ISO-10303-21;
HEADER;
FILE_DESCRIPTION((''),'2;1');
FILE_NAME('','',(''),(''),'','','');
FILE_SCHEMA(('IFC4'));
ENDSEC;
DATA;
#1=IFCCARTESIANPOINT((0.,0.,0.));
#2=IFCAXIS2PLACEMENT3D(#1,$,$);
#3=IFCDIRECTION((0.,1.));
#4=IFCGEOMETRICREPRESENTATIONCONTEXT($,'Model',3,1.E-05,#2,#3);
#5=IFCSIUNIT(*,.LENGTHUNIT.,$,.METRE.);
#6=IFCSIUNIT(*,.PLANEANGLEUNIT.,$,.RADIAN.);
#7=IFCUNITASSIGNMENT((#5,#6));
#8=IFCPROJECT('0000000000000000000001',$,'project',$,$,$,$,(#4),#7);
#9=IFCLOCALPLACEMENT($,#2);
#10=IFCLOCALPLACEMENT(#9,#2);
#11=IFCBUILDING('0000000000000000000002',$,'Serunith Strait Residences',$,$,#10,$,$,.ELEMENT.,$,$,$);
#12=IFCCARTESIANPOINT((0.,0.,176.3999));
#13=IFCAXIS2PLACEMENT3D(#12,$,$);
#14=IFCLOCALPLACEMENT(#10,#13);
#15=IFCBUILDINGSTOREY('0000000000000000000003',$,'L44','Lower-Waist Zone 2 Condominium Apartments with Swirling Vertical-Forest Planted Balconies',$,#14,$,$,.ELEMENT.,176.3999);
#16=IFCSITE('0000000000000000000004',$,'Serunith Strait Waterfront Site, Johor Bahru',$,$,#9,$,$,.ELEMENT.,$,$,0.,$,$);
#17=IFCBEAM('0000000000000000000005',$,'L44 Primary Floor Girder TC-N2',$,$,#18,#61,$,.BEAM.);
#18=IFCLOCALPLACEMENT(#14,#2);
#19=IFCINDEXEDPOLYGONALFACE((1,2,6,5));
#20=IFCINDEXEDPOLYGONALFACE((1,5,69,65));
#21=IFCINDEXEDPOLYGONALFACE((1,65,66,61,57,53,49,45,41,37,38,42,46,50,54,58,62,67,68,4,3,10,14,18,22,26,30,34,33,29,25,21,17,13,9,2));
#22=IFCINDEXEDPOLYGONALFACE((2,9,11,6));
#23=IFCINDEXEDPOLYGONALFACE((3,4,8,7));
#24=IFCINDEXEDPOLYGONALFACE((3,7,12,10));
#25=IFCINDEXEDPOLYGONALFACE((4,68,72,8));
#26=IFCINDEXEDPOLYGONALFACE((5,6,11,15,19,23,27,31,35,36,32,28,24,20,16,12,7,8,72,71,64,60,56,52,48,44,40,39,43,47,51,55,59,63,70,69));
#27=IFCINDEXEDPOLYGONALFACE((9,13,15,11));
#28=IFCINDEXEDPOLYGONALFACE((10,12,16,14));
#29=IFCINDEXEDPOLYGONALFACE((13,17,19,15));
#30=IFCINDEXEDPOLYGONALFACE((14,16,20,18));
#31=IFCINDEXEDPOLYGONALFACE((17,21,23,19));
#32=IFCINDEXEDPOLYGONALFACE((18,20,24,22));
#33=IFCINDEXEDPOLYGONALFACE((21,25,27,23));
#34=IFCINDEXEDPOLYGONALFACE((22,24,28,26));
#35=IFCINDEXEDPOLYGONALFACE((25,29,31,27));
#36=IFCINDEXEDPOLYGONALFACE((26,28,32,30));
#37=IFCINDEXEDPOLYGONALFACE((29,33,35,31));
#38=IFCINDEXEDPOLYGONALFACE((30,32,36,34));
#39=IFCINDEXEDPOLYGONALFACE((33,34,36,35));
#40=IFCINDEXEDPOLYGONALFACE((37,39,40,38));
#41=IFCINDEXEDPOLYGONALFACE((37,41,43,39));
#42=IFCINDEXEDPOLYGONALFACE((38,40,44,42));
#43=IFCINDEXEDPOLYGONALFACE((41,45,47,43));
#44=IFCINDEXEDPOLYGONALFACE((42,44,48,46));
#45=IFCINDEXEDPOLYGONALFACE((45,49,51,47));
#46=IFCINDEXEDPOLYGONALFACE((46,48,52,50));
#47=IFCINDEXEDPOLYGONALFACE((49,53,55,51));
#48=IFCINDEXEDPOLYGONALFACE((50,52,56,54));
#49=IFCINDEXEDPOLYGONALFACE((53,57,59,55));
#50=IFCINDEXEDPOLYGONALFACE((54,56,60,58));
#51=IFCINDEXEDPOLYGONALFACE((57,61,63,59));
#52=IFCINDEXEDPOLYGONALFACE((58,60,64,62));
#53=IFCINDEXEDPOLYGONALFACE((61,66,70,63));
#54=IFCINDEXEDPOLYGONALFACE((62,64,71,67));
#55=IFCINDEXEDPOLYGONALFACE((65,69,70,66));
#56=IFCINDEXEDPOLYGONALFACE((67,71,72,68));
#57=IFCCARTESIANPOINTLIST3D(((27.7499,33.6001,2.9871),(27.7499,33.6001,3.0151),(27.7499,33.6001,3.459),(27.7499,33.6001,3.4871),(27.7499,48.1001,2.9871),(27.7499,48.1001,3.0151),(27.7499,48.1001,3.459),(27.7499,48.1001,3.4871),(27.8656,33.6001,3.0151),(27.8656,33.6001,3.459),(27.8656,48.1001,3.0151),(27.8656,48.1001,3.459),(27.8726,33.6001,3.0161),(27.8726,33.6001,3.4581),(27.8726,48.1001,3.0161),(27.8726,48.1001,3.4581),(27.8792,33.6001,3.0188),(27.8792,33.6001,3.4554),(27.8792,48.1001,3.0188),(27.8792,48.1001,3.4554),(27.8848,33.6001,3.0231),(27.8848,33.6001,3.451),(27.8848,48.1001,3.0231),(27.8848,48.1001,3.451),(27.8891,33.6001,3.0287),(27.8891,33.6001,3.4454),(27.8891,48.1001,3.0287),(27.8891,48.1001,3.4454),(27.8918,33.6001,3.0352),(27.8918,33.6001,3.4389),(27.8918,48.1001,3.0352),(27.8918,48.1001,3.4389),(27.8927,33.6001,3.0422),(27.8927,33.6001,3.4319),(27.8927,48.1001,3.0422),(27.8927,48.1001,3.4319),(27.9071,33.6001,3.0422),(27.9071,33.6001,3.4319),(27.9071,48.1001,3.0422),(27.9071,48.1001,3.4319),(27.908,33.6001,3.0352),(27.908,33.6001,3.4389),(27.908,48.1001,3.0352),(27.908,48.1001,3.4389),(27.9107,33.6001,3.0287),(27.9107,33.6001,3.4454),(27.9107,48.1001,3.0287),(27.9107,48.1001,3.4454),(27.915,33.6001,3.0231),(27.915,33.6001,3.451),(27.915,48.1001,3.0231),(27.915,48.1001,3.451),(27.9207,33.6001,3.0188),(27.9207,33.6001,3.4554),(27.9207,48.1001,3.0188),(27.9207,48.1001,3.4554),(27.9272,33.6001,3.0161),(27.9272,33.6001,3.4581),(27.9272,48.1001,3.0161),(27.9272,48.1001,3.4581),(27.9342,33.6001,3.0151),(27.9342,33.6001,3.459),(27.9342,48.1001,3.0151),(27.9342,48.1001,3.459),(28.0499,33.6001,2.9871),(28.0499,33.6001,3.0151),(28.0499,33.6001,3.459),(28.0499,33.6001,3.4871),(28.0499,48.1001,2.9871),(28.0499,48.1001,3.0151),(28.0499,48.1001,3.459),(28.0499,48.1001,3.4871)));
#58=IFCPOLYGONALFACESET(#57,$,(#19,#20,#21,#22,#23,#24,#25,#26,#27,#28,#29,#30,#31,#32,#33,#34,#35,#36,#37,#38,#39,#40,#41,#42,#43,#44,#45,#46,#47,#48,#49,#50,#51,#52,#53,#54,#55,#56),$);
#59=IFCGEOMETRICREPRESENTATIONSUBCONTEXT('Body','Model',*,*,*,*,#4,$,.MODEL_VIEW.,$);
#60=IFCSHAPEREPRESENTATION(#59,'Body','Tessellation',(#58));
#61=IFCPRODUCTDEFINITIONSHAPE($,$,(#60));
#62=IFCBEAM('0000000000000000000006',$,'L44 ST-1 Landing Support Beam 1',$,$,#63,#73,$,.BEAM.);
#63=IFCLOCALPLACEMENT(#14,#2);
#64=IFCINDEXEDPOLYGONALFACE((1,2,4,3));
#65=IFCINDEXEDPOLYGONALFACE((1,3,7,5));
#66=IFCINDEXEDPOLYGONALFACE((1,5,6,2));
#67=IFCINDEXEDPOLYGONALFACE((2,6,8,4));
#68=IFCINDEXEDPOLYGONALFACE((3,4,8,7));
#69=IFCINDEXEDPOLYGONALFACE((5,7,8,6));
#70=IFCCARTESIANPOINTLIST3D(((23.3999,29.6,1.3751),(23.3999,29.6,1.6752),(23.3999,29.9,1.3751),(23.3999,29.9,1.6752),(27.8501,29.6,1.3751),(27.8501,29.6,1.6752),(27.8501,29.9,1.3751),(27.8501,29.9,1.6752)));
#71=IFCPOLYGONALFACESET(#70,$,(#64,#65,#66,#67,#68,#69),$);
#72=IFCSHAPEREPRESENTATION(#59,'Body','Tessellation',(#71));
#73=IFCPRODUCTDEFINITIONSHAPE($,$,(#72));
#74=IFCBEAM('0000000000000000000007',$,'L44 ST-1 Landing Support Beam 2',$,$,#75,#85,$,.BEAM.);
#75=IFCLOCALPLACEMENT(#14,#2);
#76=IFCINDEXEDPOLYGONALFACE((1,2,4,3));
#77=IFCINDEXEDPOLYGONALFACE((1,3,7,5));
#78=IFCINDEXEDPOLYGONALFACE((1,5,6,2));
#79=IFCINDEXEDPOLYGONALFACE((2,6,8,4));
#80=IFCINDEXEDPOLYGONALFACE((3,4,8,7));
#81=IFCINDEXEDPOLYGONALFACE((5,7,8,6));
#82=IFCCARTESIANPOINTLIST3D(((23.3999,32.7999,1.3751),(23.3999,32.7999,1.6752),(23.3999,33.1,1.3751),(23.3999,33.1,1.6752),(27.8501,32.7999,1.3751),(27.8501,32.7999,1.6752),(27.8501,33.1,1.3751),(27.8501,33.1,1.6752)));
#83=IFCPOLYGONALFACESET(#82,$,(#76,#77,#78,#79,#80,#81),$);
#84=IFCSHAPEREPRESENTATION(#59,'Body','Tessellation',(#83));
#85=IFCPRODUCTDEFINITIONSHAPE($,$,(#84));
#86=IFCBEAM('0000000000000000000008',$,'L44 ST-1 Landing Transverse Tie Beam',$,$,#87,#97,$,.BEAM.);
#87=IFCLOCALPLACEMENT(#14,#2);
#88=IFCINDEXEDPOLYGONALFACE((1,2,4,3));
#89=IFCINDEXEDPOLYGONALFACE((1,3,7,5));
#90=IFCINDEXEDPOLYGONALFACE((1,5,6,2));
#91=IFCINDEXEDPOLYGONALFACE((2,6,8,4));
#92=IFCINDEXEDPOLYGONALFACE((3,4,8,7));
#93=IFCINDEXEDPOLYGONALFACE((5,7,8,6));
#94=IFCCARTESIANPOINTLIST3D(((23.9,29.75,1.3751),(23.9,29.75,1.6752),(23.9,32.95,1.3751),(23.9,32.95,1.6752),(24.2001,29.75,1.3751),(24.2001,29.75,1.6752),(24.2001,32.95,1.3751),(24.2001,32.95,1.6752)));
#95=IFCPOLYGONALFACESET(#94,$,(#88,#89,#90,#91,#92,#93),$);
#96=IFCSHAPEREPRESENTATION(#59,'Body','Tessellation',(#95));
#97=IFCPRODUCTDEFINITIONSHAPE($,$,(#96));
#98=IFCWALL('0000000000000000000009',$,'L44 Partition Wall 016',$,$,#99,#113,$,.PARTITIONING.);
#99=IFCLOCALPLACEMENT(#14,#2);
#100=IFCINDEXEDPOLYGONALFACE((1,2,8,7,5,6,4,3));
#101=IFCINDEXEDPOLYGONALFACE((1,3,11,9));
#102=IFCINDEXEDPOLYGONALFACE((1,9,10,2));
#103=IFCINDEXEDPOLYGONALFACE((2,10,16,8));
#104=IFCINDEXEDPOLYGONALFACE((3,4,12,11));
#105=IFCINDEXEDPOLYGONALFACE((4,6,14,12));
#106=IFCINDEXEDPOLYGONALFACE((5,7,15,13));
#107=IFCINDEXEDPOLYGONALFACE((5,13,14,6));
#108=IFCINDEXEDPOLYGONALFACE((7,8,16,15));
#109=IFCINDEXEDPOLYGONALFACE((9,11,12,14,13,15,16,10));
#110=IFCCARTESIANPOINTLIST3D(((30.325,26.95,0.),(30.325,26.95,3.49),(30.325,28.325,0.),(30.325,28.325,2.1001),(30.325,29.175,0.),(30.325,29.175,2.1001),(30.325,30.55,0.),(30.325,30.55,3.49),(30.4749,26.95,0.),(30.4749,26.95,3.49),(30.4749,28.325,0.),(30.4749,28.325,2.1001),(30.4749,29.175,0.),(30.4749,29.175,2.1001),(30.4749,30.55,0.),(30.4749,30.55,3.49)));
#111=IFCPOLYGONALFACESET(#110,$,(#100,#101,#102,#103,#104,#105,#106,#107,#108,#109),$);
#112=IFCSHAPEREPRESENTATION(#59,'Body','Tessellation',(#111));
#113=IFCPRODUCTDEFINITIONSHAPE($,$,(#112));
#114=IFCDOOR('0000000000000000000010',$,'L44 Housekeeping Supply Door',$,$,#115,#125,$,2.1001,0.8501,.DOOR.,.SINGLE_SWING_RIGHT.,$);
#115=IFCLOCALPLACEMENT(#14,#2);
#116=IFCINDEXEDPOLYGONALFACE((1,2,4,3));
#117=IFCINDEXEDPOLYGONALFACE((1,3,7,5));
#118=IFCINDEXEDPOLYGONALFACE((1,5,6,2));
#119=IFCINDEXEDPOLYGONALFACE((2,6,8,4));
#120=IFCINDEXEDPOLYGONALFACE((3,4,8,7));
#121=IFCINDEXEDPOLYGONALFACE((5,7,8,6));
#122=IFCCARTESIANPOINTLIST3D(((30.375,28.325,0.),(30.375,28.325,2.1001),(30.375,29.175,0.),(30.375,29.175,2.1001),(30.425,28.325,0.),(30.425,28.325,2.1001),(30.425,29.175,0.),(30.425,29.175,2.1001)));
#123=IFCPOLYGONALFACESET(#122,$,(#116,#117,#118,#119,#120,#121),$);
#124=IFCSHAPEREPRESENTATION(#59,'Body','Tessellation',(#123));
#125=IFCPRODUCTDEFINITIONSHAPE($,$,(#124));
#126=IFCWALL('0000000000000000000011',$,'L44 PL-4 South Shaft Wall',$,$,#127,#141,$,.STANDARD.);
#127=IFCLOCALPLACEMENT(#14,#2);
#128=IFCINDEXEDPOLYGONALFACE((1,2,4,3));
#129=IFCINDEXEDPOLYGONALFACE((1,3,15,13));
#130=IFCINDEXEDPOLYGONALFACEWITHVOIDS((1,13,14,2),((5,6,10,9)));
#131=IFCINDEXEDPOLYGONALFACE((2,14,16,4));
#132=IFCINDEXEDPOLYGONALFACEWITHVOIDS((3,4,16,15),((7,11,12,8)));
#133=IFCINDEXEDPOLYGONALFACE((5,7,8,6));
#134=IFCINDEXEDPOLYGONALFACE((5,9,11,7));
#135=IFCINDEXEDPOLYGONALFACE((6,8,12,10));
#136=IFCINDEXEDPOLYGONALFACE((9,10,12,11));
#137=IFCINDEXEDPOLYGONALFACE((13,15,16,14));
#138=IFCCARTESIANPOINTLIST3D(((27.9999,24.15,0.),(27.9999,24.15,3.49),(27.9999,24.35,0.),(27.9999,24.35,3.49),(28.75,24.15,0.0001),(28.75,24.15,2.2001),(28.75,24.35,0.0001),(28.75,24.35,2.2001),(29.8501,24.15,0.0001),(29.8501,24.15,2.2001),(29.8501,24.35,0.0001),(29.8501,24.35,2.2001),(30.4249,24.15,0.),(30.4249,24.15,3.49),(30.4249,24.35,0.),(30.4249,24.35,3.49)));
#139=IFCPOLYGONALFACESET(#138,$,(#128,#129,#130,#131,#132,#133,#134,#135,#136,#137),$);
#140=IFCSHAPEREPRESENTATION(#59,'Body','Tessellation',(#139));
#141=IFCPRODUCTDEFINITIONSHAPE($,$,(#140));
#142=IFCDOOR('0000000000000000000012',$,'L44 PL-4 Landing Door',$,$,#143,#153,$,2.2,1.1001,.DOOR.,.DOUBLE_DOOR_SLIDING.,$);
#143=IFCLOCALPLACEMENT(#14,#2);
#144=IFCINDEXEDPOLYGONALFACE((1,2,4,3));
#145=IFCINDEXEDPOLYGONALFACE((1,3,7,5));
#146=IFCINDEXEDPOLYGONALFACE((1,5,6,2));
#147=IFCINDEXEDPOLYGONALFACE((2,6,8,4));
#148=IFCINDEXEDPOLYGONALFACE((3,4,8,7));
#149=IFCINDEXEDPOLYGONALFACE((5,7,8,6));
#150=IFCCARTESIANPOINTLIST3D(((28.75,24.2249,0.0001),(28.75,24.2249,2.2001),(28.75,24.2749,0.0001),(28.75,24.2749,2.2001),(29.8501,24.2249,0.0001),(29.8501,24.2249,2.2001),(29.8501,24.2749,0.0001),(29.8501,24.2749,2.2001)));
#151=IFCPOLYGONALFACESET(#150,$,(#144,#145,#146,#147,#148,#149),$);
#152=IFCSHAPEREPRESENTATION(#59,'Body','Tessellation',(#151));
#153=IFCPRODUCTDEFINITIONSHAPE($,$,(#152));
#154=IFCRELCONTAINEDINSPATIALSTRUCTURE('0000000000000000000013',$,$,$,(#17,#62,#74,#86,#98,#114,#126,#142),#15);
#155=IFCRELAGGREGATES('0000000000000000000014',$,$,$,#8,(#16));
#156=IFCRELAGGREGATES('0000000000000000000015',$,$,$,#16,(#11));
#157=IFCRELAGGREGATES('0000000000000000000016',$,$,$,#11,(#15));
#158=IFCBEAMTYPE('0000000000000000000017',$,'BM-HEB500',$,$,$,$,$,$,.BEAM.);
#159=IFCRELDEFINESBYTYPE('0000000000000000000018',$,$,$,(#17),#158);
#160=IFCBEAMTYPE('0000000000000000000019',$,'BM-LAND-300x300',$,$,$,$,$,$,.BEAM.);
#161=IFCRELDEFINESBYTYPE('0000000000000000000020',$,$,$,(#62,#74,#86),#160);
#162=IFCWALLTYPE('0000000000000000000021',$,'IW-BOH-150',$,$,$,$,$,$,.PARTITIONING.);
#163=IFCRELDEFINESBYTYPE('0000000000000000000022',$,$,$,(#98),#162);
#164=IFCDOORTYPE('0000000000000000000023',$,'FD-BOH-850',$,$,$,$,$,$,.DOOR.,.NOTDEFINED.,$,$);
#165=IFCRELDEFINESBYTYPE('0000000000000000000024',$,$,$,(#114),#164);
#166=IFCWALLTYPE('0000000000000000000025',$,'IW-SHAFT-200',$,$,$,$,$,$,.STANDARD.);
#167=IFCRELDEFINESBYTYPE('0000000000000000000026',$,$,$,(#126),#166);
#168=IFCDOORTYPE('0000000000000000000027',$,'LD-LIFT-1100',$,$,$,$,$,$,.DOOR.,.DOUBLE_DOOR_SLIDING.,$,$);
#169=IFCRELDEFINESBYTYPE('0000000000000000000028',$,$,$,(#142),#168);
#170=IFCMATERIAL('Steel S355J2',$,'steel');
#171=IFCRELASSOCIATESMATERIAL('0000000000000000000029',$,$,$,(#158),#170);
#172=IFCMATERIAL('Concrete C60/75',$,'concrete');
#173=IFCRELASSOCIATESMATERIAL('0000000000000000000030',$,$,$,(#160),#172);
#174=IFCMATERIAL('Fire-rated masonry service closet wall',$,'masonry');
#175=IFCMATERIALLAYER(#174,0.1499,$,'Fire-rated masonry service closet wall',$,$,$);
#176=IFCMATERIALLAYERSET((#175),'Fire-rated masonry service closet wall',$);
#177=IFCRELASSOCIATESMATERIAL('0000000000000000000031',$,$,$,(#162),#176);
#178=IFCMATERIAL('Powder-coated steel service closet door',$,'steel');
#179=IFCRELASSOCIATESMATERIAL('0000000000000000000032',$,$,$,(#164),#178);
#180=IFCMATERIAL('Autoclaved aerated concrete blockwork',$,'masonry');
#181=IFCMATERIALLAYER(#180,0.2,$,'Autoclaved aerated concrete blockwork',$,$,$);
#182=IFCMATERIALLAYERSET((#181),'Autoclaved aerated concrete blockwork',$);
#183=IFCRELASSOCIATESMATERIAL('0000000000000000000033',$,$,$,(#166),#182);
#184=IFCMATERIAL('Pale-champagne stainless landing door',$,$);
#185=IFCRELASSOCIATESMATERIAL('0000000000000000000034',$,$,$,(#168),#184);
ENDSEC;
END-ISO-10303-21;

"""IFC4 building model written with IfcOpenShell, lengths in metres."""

from ifc_helpers import new_model, si_unit, direction, frame, frame_2d, origin, origin_2d, place, context, subcontext, project, spatial, rectangle, i_section, extrude, source, transform, mapped, material, layer, layer_set, material_profile, profile_set, type_object, element, fill, save


model = new_model("IFC4")

# Units and contexts
model_context = context("Model", 3, precision=1e-05, world=origin(), true_north=direction((0.0, 1.0)))
body_context = subcontext(model_context, "Body", "Model", "MODEL_VIEW")
ifc_project = project(units=[si_unit("LENGTHUNIT", "METRE"), si_unit("PLANEANGLEUNIT", "RADIAN")], contexts=[model_context])

# Site, building, storey
site_placement = place(None, origin())
site = spatial("IfcSite", under=ifc_project, at=site_placement, Name="Serunith Strait Waterfront Site, Johor Bahru", CompositionType="ELEMENT", RefElevation=0.0)
building_placement = place(site_placement, origin())
building = spatial("IfcBuilding", under=site, at=building_placement, Name="Serunith Strait Residences", CompositionType="ELEMENT")
storey_placement = place(building_placement, frame((0.0, 0.0, 176.3999)))
storey = spatial("IfcBuildingStorey", under=building, at=storey_placement, Name="L44", Description="Lower-Waist Zone 2 Condominium Apartments with Swirling Vertical-Forest Planted Balconies", CompositionType="ELEMENT", Elevation=176.3999)

# Beams
ifc_material_1 = material(Name="Steel S355J2", Category="steel")
ifc_material_profile_1 = material_profile(ifc_material_1, i_section(OverallWidth=0.3, OverallDepth=0.5, WebThickness=0.0144, FlangeThickness=0.0281, FilletRadius=0.0271, at=origin_2d()), Name="HEB 500")
ifc_profile_set_1 = profile_set([ifc_material_profile_1], Name="Steel S355J2")
beam_type_1 = type_object("IfcBeamType", Name="BM-HEB500", PredefinedType="BEAM", material=ifc_profile_set_1)
shared_shape_1 = source(origin(), body_context, "Body", "SweptSolid", [
    extrude(i_section(OverallWidth=0.3, OverallDepth=0.5, WebThickness=0.0144, FlangeThickness=0.0281, FilletRadius=0.0271, at=origin_2d()), origin(), (0.0, 0.0, 1.0), 14.5),
])
beam_1_placement = place(storey_placement, frame((27.8999, 33.6001, 3.2371), z_axis=(0.0, 1.0, 0.0), x_axis=(-1.0, 0.0, 0.0)))
element("IfcBeam", 1, at=beam_1_placement, inside=storey, type_object=beam_type_1, Name="L44 Primary Floor Girder TC-N2", PredefinedType="BEAM", context=body_context, shape_type="MappedRepresentation", body=[
    mapped(shared_shape_1, transform((0.0, 0.0, 0.0), scale=1.0)),
])
ifc_material_2 = material(Name="Concrete C60/75", Category="concrete")
ifc_material_profile_2 = material_profile(ifc_material_2, rectangle(XDim=0.3, YDim=0.3, at=origin_2d()), Name="RC 300x300")
ifc_profile_set_2 = profile_set([ifc_material_profile_2], Name="Concrete C60/75")
beam_type_2 = type_object("IfcBeamType", Name="BM-LAND-300x300", PredefinedType="BEAM", material=ifc_profile_set_2)
shared_shape_2 = source(origin(), body_context, "Body", "SweptSolid", [
    extrude(rectangle(XDim=0.3, YDim=0.3, at=origin_2d()), origin(), (0.0, 0.0, 1.0), 4.4502),
])
for number, where, z_axis, x_axis, name in (
    (2, (23.3999, 29.75, 1.5251), (1.0, 0.0, 0.0), (0.0, 1.0, 0.0), "L44 ST-1 Landing Support Beam 1"),
    (3, (23.3999, 32.95, 1.5251), (1.0, 0.0, 0.0), (0.0, 1.0, 0.0), "L44 ST-1 Landing Support Beam 2"),
):
    element("IfcBeam", number, at=place(storey_placement, frame(where, z_axis=z_axis, x_axis=x_axis)), inside=storey, type_object=beam_type_2, Name=name, PredefinedType="BEAM", context=body_context, shape_type="MappedRepresentation", body=[
        mapped(shared_shape_2, transform((0.0, 0.0, 0.0), scale=1.0)),
    ])
shared_shape_3 = source(origin(), body_context, "Body", "SweptSolid", [
    extrude(rectangle(XDim=0.3, YDim=0.3, at=origin_2d()), origin(), (0.0, 0.0, 1.0), 3.2),
])
beam_2_placement = place(storey_placement, frame((24.05, 29.75, 1.5251), z_axis=(0.0, 1.0, 0.0), x_axis=(-1.0, 0.0, 0.0)))
element("IfcBeam", 4, at=beam_2_placement, inside=storey, type_object=beam_type_2, Name="L44 ST-1 Landing Transverse Tie Beam", PredefinedType="BEAM", context=body_context, shape_type="MappedRepresentation", body=[
    mapped(shared_shape_3, transform((0.0, 0.0, 0.0), scale=1.0)),
])

# Walls, openings, doors
ifc_material_3 = material(Name="Fire-rated masonry service closet wall", Category="masonry")
ifc_layer_1 = layer(ifc_material_3, 0.1499, Name="Fire-rated masonry service closet wall")
ifc_layer_set_1 = layer_set([ifc_layer_1], Name="Fire-rated masonry service closet wall")
wall_type_1 = type_object("IfcWallType", Name="IW-BOH-150", PredefinedType="PARTITIONING", material=ifc_layer_set_1)
wall_1_placement = place(storey_placement, frame((30.3999, 26.95, 0.0), z_axis=(0.0, 0.0, 1.0), x_axis=(0.0, 1.0, 0.0)))
wall_1 = element("IfcWall", 5, at=wall_1_placement, inside=storey, type_object=wall_type_1, Name="L44 Partition Wall 016", PredefinedType="PARTITIONING", context=body_context, shape_type="SweptSolid", body=[
    extrude(rectangle(XDim=3.6001, YDim=0.1499, at=frame_2d((1.8, 0.0))), origin(), (0.0, 0.0, 1.0), 3.49),
])
opening_1_placement = place(wall_1_placement, frame((1.375, 0.0, 0.0)))
opening_1 = element("IfcOpeningElement", 6, at=opening_1_placement, cuts=wall_1, PredefinedType="OPENING", context=body_context, shape_type="SweptSolid", body=[
    extrude(rectangle(XDim=0.8501, YDim=2.1001, at=frame_2d((0.425, 1.05))), frame((0.0, 0.085, 0.0), z_axis=(0.0, -1.0, 0.0), x_axis=(1.0, 0.0, 0.0)), (0.0, 0.0, 1.0), 0.1699),
])
ifc_material_4 = material(Name="Powder-coated steel service closet door", Category="steel")
door_type_1 = type_object("IfcDoorType", Name="FD-BOH-850", OperationType="NOTDEFINED", PredefinedType="DOOR", material=ifc_material_4)
shared_shape_4 = source(origin(), body_context, "Body", "SweptSolid", [
    extrude(rectangle(XDim=0.8501, YDim=2.1001, at=frame_2d((0.425, 1.05))), frame((0.0, 0.0249, 0.0), z_axis=(0.0, -1.0, 0.0), x_axis=(1.0, 0.0, 0.0)), (0.0, 0.0, 1.0), 0.05),
])
door_1_placement = place(opening_1_placement, origin())
door_1 = element("IfcDoor", 7, at=door_1_placement, inside=storey, type_object=door_type_1, Name="L44 Housekeeping Supply Door", OperationType="SINGLE_SWING_RIGHT", OverallHeight=2.1001, OverallWidth=0.8501, PredefinedType="DOOR", context=body_context, shape_type="MappedRepresentation", body=[
    mapped(shared_shape_4, transform((0.0, 0.0, 0.0), scale=1.0)),
])
fill(opening_1, door_1)
ifc_material_5 = material(Name="Autoclaved aerated concrete blockwork", Category="masonry")
ifc_layer_2 = layer(ifc_material_5, 0.2, Name="Autoclaved aerated concrete blockwork")
ifc_layer_set_2 = layer_set([ifc_layer_2], Name="Autoclaved aerated concrete blockwork")
wall_type_2 = type_object("IfcWallType", Name="IW-SHAFT-200", PredefinedType="STANDARD", material=ifc_layer_set_2)
wall_2_placement = place(storey_placement, frame((28.0, 24.25, 0.0), z_axis=(0.0, 0.0, 1.0), x_axis=(1.0, 0.0, 0.0)))
wall_2 = element("IfcWall", 8, at=wall_2_placement, inside=storey, type_object=wall_type_2, Name="L44 PL-4 South Shaft Wall", PredefinedType="STANDARD", context=body_context, shape_type="SweptSolid", body=[
    extrude(rectangle(XDim=2.425, YDim=0.2, at=frame_2d((1.2124, 0.0))), origin(), (0.0, 0.0, 1.0), 3.49),
])
opening_2_placement = place(wall_2_placement, frame((0.75, 0.0, 0.0)))
opening_2 = element("IfcOpeningElement", 9, at=opening_2_placement, cuts=wall_2, PredefinedType="OPENING", context=body_context, shape_type="SweptSolid", body=[
    extrude(rectangle(XDim=1.1001, YDim=2.2, at=frame_2d((0.55, 1.1001))), frame((0.0, 0.1099, 0.0), z_axis=(0.0, -1.0, 0.0), x_axis=(1.0, 0.0, 0.0)), (0.0, 0.0, 1.0), 0.22),
])
ifc_material_6 = material(Name="Pale-champagne stainless landing door")
door_type_2 = type_object("IfcDoorType", Name="LD-LIFT-1100", OperationType="DOUBLE_DOOR_SLIDING", PredefinedType="DOOR", material=ifc_material_6)
shared_shape_5 = source(origin(), body_context, "Body", "SweptSolid", [
    extrude(rectangle(XDim=1.1001, YDim=2.2, at=frame_2d((0.55, 1.1001))), frame((0.0, 0.0249, 0.0), z_axis=(0.0, -1.0, 0.0), x_axis=(1.0, 0.0, 0.0)), (0.0, 0.0, 1.0), 0.05),
])
door_2_placement = place(opening_2_placement, origin())
door_2 = element("IfcDoor", 10, at=door_2_placement, inside=storey, type_object=door_type_2, Name="L44 PL-4 Landing Door", OperationType="DOUBLE_DOOR_SLIDING", OverallHeight=2.2, OverallWidth=1.1001, PredefinedType="DOOR", context=body_context, shape_type="MappedRepresentation", body=[
    mapped(shared_shape_5, transform((0.0, 0.0, 0.0), scale=1.0)),
])
fill(opening_2, door_2)

save(model, "model.ifc")
